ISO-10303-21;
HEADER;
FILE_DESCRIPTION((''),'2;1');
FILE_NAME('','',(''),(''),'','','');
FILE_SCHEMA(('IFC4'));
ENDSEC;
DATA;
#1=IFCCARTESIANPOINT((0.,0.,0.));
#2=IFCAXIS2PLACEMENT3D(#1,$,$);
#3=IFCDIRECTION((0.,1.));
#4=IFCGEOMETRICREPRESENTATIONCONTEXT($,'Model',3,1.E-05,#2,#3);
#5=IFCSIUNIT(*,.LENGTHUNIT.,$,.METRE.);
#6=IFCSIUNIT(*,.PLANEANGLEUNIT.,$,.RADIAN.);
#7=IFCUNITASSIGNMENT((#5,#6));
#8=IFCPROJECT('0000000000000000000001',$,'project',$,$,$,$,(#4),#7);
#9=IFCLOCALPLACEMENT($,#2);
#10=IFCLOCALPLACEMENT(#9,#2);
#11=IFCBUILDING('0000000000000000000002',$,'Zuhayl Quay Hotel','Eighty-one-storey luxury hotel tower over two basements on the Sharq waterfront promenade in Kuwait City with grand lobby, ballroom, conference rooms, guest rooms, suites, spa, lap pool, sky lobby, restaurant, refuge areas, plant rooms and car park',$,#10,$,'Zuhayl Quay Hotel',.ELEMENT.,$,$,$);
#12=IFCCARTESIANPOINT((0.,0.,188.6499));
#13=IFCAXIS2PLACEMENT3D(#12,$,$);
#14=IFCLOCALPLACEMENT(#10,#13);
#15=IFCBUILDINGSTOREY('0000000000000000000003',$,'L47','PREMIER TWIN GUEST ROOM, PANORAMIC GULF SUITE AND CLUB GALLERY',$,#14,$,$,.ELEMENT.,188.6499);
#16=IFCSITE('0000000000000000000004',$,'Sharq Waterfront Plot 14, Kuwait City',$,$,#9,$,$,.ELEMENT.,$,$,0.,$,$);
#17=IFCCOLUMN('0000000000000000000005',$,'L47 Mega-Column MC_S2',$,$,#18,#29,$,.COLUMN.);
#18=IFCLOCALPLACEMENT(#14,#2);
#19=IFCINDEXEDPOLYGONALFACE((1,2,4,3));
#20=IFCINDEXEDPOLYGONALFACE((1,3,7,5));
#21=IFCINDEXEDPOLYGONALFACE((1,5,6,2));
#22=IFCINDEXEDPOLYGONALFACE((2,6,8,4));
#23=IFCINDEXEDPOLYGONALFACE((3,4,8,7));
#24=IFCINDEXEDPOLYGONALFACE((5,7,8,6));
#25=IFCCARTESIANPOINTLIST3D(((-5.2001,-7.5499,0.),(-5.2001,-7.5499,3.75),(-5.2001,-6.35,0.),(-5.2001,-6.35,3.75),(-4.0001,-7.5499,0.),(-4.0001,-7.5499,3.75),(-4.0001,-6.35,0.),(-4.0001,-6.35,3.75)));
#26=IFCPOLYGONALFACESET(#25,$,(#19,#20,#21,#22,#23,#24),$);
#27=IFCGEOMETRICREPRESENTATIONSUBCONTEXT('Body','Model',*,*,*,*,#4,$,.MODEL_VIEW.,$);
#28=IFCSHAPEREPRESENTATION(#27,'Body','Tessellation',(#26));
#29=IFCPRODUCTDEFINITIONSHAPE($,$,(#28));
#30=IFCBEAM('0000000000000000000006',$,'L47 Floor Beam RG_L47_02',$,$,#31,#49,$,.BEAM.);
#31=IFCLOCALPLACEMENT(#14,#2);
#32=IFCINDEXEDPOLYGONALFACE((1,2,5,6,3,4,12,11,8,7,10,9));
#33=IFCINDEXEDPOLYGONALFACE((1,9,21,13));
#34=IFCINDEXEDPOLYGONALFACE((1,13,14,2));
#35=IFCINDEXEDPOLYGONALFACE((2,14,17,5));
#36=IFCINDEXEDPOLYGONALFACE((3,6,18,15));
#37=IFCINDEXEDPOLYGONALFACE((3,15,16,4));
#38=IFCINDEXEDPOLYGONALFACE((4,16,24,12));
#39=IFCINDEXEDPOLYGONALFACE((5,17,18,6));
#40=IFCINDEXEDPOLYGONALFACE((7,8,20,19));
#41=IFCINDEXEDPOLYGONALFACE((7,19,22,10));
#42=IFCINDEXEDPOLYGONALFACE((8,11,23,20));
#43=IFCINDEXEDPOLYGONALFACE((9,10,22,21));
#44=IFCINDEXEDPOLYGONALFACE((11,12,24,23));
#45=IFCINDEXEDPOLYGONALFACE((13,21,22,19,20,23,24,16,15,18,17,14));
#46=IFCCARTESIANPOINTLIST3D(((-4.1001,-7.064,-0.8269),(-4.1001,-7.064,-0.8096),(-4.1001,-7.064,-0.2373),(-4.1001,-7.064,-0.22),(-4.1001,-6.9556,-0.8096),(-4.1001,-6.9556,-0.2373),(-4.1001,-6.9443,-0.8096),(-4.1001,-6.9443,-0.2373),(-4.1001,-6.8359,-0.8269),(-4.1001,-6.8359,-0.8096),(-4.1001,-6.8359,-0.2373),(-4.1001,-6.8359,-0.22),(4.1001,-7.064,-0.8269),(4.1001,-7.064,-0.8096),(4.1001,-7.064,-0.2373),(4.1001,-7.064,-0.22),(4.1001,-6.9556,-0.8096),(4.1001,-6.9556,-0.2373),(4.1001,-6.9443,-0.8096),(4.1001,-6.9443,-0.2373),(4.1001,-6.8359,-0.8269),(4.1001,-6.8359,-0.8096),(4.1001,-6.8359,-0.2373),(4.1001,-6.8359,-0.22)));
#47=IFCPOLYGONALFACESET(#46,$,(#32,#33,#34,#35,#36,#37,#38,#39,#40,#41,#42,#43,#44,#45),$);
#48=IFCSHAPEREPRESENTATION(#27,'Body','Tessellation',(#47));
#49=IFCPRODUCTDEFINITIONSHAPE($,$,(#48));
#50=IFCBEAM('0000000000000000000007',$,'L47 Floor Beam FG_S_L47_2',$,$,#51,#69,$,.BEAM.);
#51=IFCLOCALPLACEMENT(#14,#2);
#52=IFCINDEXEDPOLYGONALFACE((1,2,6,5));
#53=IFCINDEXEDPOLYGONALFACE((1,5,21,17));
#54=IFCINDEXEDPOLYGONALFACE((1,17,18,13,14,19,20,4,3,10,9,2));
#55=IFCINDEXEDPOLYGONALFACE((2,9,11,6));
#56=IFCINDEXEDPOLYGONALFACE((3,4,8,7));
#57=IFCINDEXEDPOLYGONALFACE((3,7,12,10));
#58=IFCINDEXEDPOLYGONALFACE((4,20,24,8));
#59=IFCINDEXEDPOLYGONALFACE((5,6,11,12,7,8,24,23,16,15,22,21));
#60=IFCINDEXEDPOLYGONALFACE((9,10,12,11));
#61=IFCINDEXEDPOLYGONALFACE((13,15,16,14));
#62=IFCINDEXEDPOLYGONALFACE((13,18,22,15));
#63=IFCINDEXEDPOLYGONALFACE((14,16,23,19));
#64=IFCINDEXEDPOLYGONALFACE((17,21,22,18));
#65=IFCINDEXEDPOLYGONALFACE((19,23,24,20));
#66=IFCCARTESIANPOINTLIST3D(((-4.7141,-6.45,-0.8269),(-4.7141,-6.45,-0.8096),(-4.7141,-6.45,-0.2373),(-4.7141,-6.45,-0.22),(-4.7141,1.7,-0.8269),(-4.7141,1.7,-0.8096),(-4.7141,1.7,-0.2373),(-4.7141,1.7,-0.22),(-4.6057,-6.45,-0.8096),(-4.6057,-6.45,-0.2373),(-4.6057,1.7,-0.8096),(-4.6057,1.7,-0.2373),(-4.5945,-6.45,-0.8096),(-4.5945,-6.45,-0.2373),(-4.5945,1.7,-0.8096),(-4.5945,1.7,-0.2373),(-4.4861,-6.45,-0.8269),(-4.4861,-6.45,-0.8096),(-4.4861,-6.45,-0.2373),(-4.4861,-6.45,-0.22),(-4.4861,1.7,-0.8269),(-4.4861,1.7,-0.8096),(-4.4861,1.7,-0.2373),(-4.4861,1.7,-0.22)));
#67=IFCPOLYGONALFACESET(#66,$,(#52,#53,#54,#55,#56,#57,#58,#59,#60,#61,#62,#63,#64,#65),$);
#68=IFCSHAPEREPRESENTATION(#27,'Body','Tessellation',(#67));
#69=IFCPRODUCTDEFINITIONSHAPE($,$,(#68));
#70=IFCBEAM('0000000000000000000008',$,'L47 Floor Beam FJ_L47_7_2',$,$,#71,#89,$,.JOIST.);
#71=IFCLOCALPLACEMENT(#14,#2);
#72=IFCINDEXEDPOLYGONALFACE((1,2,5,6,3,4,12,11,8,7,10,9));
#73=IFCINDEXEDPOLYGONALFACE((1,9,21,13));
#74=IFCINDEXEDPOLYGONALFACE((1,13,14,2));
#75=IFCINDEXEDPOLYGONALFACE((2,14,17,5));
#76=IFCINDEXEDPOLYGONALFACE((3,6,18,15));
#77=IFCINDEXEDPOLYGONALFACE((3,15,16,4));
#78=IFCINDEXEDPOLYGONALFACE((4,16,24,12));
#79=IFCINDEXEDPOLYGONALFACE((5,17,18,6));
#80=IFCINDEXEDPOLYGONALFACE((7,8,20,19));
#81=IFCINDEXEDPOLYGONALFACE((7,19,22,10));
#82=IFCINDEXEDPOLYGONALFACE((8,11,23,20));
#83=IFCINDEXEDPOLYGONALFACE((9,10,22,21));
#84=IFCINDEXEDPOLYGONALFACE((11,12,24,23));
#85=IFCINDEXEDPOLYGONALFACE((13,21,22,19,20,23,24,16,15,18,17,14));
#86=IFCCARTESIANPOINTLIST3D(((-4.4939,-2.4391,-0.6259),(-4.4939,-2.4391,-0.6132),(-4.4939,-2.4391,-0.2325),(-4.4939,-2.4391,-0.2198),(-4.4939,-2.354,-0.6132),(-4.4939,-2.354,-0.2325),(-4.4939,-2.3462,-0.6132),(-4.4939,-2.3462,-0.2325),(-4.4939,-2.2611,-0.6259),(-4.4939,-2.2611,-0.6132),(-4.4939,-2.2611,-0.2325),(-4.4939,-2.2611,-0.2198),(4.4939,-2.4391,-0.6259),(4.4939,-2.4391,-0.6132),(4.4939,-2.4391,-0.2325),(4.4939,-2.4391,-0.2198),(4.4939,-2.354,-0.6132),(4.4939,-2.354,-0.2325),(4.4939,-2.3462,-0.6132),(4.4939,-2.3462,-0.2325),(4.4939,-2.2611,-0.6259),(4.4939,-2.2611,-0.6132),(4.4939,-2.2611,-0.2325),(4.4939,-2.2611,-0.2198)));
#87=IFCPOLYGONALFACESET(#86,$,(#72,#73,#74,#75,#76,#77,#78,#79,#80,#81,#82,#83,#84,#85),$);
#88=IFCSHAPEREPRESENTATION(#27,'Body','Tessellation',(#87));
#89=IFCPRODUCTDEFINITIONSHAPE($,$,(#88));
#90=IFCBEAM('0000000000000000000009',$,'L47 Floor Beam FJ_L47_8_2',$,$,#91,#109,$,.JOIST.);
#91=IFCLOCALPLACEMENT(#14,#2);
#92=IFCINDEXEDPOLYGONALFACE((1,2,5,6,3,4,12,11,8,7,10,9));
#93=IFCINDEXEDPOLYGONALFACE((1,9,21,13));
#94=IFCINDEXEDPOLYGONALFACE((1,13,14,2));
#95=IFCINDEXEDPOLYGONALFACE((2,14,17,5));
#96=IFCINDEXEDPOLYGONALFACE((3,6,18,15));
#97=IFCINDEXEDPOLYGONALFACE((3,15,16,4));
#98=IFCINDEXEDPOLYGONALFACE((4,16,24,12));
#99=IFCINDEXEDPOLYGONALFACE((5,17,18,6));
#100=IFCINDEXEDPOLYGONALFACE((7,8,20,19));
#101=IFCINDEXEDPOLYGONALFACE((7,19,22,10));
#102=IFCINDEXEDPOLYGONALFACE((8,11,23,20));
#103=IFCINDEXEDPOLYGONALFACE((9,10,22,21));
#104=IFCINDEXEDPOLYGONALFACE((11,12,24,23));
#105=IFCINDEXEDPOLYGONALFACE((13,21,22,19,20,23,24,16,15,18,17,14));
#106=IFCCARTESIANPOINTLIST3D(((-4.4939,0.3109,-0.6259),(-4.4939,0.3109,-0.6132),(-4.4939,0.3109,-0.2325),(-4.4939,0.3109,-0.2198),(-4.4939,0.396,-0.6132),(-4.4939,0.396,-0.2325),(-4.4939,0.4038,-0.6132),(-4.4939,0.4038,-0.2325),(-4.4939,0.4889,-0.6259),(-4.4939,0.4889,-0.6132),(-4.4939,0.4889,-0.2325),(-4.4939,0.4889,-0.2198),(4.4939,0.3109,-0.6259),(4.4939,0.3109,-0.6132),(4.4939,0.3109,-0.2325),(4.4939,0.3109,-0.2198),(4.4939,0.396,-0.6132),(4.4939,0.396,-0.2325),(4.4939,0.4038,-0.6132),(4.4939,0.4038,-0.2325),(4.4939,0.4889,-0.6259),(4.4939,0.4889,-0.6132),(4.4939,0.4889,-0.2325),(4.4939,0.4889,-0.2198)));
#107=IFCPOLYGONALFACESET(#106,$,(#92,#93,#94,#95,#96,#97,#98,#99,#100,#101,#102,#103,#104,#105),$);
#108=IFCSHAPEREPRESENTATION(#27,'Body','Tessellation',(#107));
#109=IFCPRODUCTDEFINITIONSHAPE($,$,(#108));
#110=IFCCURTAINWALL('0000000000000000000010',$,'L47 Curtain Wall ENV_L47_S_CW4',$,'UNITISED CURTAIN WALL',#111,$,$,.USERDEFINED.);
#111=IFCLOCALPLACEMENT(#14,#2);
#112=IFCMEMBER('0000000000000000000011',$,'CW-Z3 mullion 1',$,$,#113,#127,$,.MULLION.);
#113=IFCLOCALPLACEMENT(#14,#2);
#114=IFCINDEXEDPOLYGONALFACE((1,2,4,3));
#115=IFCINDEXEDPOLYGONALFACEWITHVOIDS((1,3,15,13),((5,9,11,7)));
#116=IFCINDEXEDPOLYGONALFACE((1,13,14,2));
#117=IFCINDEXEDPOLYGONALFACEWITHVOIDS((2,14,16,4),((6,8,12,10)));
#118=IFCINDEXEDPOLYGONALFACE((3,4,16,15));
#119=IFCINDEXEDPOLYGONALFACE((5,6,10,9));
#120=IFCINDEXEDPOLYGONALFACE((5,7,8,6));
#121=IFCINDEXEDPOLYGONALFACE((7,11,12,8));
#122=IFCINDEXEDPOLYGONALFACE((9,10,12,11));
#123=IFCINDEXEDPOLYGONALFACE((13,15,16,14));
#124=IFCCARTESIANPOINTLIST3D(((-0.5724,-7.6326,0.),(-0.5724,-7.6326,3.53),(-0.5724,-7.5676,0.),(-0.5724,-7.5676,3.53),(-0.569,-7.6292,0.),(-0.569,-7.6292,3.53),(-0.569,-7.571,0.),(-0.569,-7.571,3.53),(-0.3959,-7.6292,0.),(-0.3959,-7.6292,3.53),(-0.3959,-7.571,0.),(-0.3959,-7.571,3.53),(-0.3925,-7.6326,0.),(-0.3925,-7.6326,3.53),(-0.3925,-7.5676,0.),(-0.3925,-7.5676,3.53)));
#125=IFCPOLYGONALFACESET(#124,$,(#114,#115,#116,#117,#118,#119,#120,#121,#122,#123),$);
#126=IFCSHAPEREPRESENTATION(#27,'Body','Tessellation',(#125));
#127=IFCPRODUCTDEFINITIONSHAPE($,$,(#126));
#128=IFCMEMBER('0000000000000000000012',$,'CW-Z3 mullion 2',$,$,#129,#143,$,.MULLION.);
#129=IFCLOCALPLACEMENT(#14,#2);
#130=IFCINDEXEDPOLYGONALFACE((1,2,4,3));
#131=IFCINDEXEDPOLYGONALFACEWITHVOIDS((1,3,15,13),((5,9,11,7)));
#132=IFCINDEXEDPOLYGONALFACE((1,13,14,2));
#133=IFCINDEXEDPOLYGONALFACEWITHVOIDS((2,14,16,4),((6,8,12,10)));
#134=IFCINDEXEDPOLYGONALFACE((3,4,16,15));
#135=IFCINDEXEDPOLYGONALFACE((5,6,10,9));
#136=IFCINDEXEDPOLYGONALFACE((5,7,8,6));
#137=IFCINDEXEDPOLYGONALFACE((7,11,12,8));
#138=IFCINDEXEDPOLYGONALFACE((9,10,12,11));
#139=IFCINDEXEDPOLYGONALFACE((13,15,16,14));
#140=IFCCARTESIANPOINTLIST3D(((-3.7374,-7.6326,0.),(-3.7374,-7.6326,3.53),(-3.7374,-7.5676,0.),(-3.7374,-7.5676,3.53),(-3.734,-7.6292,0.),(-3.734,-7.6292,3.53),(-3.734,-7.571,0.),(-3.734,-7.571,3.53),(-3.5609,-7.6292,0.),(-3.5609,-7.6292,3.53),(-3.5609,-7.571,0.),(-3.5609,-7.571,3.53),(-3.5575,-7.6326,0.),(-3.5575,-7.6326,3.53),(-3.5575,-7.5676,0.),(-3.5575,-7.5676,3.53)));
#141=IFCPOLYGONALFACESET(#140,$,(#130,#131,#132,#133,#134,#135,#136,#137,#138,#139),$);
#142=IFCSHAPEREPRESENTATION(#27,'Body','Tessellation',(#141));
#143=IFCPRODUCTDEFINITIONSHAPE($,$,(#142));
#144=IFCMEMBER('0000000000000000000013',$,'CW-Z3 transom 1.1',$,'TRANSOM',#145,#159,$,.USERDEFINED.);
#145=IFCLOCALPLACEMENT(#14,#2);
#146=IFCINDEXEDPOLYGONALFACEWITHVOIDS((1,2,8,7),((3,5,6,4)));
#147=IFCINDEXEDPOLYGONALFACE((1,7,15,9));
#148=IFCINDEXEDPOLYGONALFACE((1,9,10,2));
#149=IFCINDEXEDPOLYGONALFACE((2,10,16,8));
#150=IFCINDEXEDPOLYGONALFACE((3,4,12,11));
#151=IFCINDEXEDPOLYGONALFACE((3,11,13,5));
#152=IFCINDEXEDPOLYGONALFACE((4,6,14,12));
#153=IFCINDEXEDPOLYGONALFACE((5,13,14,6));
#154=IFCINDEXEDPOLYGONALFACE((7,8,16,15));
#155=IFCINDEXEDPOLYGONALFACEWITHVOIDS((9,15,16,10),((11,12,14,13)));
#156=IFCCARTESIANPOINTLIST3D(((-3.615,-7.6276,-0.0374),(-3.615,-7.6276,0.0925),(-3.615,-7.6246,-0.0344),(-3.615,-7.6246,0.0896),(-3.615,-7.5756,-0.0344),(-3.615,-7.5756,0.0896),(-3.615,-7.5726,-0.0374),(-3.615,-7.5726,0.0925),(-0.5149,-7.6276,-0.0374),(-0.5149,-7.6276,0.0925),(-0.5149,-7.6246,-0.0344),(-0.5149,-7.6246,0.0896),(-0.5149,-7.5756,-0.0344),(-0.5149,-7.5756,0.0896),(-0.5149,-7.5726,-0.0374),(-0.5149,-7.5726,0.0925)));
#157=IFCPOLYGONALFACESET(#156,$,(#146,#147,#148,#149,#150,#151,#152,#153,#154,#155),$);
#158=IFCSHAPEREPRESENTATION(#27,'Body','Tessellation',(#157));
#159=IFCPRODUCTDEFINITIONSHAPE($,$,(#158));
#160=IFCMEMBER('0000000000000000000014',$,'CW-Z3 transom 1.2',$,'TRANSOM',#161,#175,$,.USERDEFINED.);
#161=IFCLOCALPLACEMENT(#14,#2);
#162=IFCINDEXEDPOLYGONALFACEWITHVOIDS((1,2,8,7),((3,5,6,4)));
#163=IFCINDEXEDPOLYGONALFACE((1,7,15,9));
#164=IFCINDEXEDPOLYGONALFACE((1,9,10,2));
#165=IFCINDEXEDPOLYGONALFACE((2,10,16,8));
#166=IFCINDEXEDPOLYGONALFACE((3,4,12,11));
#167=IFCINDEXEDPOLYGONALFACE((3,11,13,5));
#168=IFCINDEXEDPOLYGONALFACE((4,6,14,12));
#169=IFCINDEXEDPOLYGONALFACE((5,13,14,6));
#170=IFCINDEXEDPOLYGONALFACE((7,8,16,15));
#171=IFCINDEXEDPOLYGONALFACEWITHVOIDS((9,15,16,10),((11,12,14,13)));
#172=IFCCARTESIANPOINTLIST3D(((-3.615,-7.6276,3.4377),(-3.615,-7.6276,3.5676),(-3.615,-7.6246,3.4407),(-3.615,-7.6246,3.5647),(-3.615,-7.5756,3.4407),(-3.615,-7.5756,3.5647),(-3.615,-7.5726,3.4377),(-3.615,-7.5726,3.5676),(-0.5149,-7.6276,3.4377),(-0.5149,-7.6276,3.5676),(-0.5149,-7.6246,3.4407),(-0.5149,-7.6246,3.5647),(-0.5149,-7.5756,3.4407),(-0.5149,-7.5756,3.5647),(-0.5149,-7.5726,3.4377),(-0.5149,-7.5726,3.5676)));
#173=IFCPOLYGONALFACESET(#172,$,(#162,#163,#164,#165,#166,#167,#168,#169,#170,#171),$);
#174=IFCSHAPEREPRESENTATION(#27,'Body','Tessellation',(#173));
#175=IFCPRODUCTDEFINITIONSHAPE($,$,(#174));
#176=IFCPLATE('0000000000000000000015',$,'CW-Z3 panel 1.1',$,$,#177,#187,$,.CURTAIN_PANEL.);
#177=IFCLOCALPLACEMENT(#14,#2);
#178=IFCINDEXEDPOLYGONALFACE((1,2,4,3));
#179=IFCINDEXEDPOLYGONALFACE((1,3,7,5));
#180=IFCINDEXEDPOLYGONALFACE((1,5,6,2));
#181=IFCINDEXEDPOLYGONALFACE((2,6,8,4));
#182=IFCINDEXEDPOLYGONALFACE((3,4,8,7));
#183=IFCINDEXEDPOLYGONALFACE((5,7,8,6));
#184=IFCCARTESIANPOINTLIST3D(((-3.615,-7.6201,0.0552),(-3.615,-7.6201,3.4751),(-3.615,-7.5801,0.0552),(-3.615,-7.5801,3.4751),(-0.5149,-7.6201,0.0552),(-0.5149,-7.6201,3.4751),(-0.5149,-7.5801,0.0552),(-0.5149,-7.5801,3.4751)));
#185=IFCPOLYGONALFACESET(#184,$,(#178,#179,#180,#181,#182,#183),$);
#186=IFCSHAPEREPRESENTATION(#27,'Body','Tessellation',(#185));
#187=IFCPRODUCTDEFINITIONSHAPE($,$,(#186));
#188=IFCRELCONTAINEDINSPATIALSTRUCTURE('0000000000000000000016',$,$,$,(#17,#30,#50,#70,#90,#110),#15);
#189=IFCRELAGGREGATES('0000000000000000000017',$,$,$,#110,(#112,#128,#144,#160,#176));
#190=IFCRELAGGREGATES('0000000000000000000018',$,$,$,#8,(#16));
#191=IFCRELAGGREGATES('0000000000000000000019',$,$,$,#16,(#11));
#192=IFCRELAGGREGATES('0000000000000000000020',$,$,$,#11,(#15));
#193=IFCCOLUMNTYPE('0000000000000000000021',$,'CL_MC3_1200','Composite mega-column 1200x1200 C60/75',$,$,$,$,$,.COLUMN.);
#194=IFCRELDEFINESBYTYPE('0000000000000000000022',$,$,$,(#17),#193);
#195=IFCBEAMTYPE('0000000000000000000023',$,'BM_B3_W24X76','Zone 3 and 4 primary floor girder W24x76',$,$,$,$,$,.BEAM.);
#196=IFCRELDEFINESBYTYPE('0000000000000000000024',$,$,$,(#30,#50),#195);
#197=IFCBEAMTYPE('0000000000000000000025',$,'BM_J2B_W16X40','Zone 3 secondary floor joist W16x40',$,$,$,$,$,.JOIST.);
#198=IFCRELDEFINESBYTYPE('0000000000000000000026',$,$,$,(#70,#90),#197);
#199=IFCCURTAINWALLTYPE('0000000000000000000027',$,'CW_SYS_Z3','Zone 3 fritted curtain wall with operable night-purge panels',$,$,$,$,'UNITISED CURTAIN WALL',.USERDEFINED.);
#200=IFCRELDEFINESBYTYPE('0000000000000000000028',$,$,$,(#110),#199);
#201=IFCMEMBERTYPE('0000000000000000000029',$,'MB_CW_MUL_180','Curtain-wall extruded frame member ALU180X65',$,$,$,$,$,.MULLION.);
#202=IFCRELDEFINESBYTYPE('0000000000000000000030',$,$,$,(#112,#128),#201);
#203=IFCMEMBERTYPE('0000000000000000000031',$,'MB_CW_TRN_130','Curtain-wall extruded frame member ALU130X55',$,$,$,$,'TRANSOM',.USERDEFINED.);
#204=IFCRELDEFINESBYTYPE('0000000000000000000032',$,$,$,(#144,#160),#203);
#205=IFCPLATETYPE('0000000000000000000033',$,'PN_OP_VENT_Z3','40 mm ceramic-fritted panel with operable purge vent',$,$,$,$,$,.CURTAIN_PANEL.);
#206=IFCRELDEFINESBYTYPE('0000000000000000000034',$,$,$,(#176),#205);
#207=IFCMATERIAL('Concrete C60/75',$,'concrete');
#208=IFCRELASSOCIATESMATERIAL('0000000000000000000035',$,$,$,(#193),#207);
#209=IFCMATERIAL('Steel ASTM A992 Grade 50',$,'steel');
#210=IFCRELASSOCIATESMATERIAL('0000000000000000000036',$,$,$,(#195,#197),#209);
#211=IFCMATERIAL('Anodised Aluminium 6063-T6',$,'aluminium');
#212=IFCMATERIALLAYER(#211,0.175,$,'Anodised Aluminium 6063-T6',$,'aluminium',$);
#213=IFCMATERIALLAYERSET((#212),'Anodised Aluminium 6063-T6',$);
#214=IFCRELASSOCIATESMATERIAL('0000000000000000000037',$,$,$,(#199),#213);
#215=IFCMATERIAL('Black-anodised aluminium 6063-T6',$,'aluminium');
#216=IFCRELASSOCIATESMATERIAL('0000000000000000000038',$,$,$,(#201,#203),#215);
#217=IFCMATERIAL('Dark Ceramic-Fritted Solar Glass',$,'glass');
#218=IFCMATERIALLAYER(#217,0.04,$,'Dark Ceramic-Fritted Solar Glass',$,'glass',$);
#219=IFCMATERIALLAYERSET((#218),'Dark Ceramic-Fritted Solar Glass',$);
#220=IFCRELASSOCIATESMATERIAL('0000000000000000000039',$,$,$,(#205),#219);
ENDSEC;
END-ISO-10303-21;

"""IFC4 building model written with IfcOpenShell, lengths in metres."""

from ifc_helpers import new_model, si_unit, direction, frame, origin, origin_2d, place, context, subcontext, project, spatial, rectangle, hollow_rectangle, i_section, extrude, material, layer, layer_set, material_profile, profile_set, type_object, element, aggregate, save


model = new_model("IFC4")

# Units and contexts
model_context = context("Model", 3, precision=1e-05, world=origin(), true_north=direction((0.0, 1.0)))
body_context = subcontext(model_context, "Body", "Model", "MODEL_VIEW")
ifc_project = project(units=[si_unit("LENGTHUNIT", "METRE"), si_unit("PLANEANGLEUNIT", "RADIAN")], contexts=[model_context])

# Site, building, storey
site_placement = place(None, origin())
site = spatial("IfcSite", under=ifc_project, at=site_placement, Name="Sharq Waterfront Plot 14, Kuwait City", CompositionType="ELEMENT", RefElevation=0.0)
building_placement = place(site_placement, origin())
building = spatial("IfcBuilding", under=site, at=building_placement, Name="Zuhayl Quay Hotel", Description="Eighty-one-storey luxury hotel tower over two basements on the Sharq waterfront promenade in Kuwait City with grand lobby, ballroom, conference rooms, guest rooms, suites, spa, lap pool, sky lobby, restaurant, refuge areas, plant rooms and car park", LongName="Zuhayl Quay Hotel", CompositionType="ELEMENT")
storey_placement = place(building_placement, frame((0.0, 0.0, 188.6499)))
storey = spatial("IfcBuildingStorey", under=building, at=storey_placement, Name="L47", Description="PREMIER TWIN GUEST ROOM, PANORAMIC GULF SUITE AND CLUB GALLERY", CompositionType="ELEMENT", Elevation=188.6499)

# Column
ifc_material_1 = material(Name="Concrete C60/75", Category="concrete")
ifc_material_profile_1 = material_profile(ifc_material_1, rectangle(XDim=1.2, YDim=1.2, at=origin_2d()), Name="RC1200X1200")
ifc_profile_set_1 = profile_set([ifc_material_profile_1], Name="Concrete C60/75")
column_type = type_object("IfcColumnType", Name="CL_MC3_1200", Description="Composite mega-column 1200x1200 C60/75", PredefinedType="COLUMN", material=ifc_profile_set_1)
column_placement = place(storey_placement, frame((-4.6001, -6.95, 0.0), z_axis=(0.0, 0.0, 1.0), x_axis=(1.0, 0.0, 0.0)))
element("IfcColumn", 1, at=column_placement, inside=storey, type_object=column_type, Name="L47 Mega-Column MC_S2", PredefinedType="COLUMN", context=body_context, shape_type="SweptSolid", body=[
    extrude(rectangle(XDim=1.2, YDim=1.2, at=origin_2d()), origin(), (0.0, 0.0, 1.0), 3.75),
])

# Beams
ifc_material_2 = material(Name="Steel ASTM A992 Grade 50", Category="steel")
ifc_material_profile_2 = material_profile(ifc_material_2, i_section(OverallWidth=0.228, OverallDepth=0.6069, WebThickness=0.0112, FlangeThickness=0.0173, at=origin_2d()), Name="W24X76")
ifc_profile_set_2 = profile_set([ifc_material_profile_2], Name="Steel ASTM A992 Grade 50")
beam_type_1 = type_object("IfcBeamType", Name="BM_B3_W24X76", Description="Zone 3 and 4 primary floor girder W24x76", PredefinedType="BEAM", material=ifc_profile_set_2)
beam_1_placement = place(storey_placement, frame((-4.1001, -6.95, -0.5234), z_axis=(1.0, 0.0, 0.0), x_axis=(0.0, 1.0, 0.0)))
element("IfcBeam", 2, at=beam_1_placement, inside=storey, type_object=beam_type_1, Name="L47 Floor Beam RG_L47_02", PredefinedType="BEAM", context=body_context, shape_type="SweptSolid", body=[
    extrude(i_section(OverallWidth=0.228, OverallDepth=0.6069, WebThickness=0.0112, FlangeThickness=0.0173, at=origin_2d()), origin(), (0.0, 0.0, 1.0), 8.2002),
])
beam_2_placement = place(storey_placement, frame((-4.6001, -6.45, -0.5234), z_axis=(0.0, 1.0, 0.0), x_axis=(-1.0, 0.0, 0.0)))
element("IfcBeam", 3, at=beam_2_placement, inside=storey, type_object=beam_type_1, Name="L47 Floor Beam FG_S_L47_2", PredefinedType="BEAM", context=body_context, shape_type="SweptSolid", body=[
    extrude(i_section(OverallWidth=0.228, OverallDepth=0.6069, WebThickness=0.0112, FlangeThickness=0.0173, at=origin_2d()), origin(), (0.0, 0.0, 1.0), 8.1499),
])
ifc_material_profile_3 = material_profile(ifc_material_2, i_section(OverallWidth=0.178, OverallDepth=0.406, WebThickness=0.0078, FlangeThickness=0.0127, at=origin_2d()), Name="W16X40")
ifc_profile_set_3 = profile_set([ifc_material_profile_3], Name="Steel ASTM A992 Grade 50")
beam_type_2 = type_object("IfcBeamType", Name="BM_J2B_W16X40", Description="Zone 3 secondary floor joist W16x40", PredefinedType="JOIST", material=ifc_profile_set_3)
for number, where, z_axis, x_axis, name in (
    (4, (-4.4939, -2.3501, -0.4229), (1.0, 0.0, 0.0), (0.0, 1.0, 0.0), "L47 Floor Beam FJ_L47_7_2"),
    (5, (-4.4939, 0.3999, -0.4229), (1.0, 0.0, 0.0), (0.0, 1.0, 0.0), "L47 Floor Beam FJ_L47_8_2"),
):
    element("IfcBeam", number, at=place(storey_placement, frame(where, z_axis=z_axis, x_axis=x_axis)), inside=storey, type_object=beam_type_2, Name=name, PredefinedType="JOIST", context=body_context, shape_type="SweptSolid", body=[
        extrude(i_section(OverallWidth=0.178, OverallDepth=0.406, WebThickness=0.0078, FlangeThickness=0.0127, at=origin_2d()), origin(), (0.0, 0.0, 1.0), 8.9878),
    ])

# Curtain wall, members, plate
ifc_material_3 = material(Name="Anodised Aluminium 6063-T6", Category="aluminium")
ifc_layer_1 = layer(ifc_material_3, 0.175, Name="Anodised Aluminium 6063-T6", Category="aluminium")
ifc_layer_set_1 = layer_set([ifc_layer_1], Name="Anodised Aluminium 6063-T6")
curtain_wall_type = type_object("IfcCurtainWallType", Name="CW_SYS_Z3", Description="Zone 3 fritted curtain wall with operable night-purge panels", ElementType="UNITISED CURTAIN WALL", PredefinedType="USERDEFINED", material=ifc_layer_set_1)
curtain_wall_placement = place(storey_placement, origin())
curtain_wall = element("IfcCurtainWall", 6, at=curtain_wall_placement, inside=storey, type_object=curtain_wall_type, Name="L47 Curtain Wall ENV_L47_S_CW4", ObjectType="UNITISED CURTAIN WALL", PredefinedType="USERDEFINED")
ifc_material_4 = material(Name="Black-anodised aluminium 6063-T6", Category="aluminium")
ifc_material_profile_4 = material_profile(ifc_material_4, hollow_rectangle(XDim=0.0649, YDim=0.1799, WallThickness=0.0034, at=origin_2d()), Name="ALU180X65")
ifc_profile_set_4 = profile_set([ifc_material_profile_4], Name="Black-anodised aluminium 6063-T6")
member_type_1 = type_object("IfcMemberType", Name="MB_CW_MUL_180", Description="Curtain-wall extruded frame member ALU180X65", PredefinedType="MULLION", material=ifc_profile_set_4)
member_1_placement = place(storey_placement, frame((-0.4824, -7.6001, 0.0), z_axis=(0.0, 0.0, 1.0), x_axis=(0.0, -1.0, 0.0)))
member_1 = element("IfcMember", 7, at=member_1_placement, type_object=member_type_1, Name="CW-Z3 mullion 1", PredefinedType="MULLION", context=body_context, shape_type="SweptSolid", body=[
    extrude(hollow_rectangle(XDim=0.0649, YDim=0.1799, WallThickness=0.0034, at=origin_2d()), origin(), (0.0, 0.0, 1.0), 3.53),
])
member_2_placement = place(storey_placement, frame((-3.6475, -7.6001, 0.0), z_axis=(0.0, 0.0, 1.0), x_axis=(0.0, -1.0, 0.0)))
member_2 = element("IfcMember", 8, at=member_2_placement, type_object=member_type_1, Name="CW-Z3 mullion 2", PredefinedType="MULLION", context=body_context, shape_type="SweptSolid", body=[
    extrude(hollow_rectangle(XDim=0.0649, YDim=0.1799, WallThickness=0.0034, at=origin_2d()), origin(), (0.0, 0.0, 1.0), 3.53),
])
ifc_material_profile_5 = material_profile(ifc_material_4, hollow_rectangle(XDim=0.0549, YDim=0.1299, WallThickness=0.0029, at=origin_2d()), Name="ALU130X55")
ifc_profile_set_5 = profile_set([ifc_material_profile_5], Name="Black-anodised aluminium 6063-T6")
member_type_2 = type_object("IfcMemberType", Name="MB_CW_TRN_130", Description="Curtain-wall extruded frame member ALU130X55", ElementType="TRANSOM", PredefinedType="USERDEFINED", material=ifc_profile_set_5)
member_3_placement = place(storey_placement, frame((-0.5149, -7.6001, 0.0276), z_axis=(-1.0, 0.0, 0.0), x_axis=(0.0, -1.0, 0.0)))
member_3 = element("IfcMember", 9, at=member_3_placement, type_object=member_type_2, Name="CW-Z3 transom 1.1", ObjectType="TRANSOM", PredefinedType="USERDEFINED", context=body_context, shape_type="SweptSolid", body=[
    extrude(hollow_rectangle(XDim=0.0549, YDim=0.1299, WallThickness=0.0029, at=origin_2d()), origin(), (0.0, 0.0, 1.0), 3.1001),
])
member_4_placement = place(storey_placement, frame((-0.5149, -7.6001, 3.5027), z_axis=(-1.0, 0.0, 0.0), x_axis=(0.0, -1.0, 0.0)))
member_4 = element("IfcMember", 10, at=member_4_placement, type_object=member_type_2, Name="CW-Z3 transom 1.2", ObjectType="TRANSOM", PredefinedType="USERDEFINED", context=body_context, shape_type="SweptSolid", body=[
    extrude(hollow_rectangle(XDim=0.0549, YDim=0.1299, WallThickness=0.0029, at=origin_2d()), origin(), (0.0, 0.0, 1.0), 3.1001),
])
ifc_material_5 = material(Name="Dark Ceramic-Fritted Solar Glass", Category="glass")
ifc_layer_2 = layer(ifc_material_5, 0.04, Name="Dark Ceramic-Fritted Solar Glass", Category="glass")
ifc_layer_set_2 = layer_set([ifc_layer_2], Name="Dark Ceramic-Fritted Solar Glass")
plate_type = type_object("IfcPlateType", Name="PN_OP_VENT_Z3", Description="40 mm ceramic-fritted panel with operable purge vent", PredefinedType="CURTAIN_PANEL", material=ifc_layer_set_2)
plate_placement = place(storey_placement, frame((-2.0649, -7.6001, 0.0552), z_axis=(0.0, 0.0, 1.0), x_axis=(-1.0, 0.0, 0.0)))
plate = element("IfcPlate", 11, at=plate_placement, type_object=plate_type, Name="CW-Z3 panel 1.1", PredefinedType="CURTAIN_PANEL", context=body_context, shape_type="SweptSolid", body=[
    extrude(rectangle(XDim=3.1001, YDim=0.04, at=origin_2d()), origin(), (0.0, 0.0, 1.0), 3.4199),
])
aggregate(curtain_wall, [member_1, member_2, member_3, member_4, plate])

save(model, "model.ifc")
